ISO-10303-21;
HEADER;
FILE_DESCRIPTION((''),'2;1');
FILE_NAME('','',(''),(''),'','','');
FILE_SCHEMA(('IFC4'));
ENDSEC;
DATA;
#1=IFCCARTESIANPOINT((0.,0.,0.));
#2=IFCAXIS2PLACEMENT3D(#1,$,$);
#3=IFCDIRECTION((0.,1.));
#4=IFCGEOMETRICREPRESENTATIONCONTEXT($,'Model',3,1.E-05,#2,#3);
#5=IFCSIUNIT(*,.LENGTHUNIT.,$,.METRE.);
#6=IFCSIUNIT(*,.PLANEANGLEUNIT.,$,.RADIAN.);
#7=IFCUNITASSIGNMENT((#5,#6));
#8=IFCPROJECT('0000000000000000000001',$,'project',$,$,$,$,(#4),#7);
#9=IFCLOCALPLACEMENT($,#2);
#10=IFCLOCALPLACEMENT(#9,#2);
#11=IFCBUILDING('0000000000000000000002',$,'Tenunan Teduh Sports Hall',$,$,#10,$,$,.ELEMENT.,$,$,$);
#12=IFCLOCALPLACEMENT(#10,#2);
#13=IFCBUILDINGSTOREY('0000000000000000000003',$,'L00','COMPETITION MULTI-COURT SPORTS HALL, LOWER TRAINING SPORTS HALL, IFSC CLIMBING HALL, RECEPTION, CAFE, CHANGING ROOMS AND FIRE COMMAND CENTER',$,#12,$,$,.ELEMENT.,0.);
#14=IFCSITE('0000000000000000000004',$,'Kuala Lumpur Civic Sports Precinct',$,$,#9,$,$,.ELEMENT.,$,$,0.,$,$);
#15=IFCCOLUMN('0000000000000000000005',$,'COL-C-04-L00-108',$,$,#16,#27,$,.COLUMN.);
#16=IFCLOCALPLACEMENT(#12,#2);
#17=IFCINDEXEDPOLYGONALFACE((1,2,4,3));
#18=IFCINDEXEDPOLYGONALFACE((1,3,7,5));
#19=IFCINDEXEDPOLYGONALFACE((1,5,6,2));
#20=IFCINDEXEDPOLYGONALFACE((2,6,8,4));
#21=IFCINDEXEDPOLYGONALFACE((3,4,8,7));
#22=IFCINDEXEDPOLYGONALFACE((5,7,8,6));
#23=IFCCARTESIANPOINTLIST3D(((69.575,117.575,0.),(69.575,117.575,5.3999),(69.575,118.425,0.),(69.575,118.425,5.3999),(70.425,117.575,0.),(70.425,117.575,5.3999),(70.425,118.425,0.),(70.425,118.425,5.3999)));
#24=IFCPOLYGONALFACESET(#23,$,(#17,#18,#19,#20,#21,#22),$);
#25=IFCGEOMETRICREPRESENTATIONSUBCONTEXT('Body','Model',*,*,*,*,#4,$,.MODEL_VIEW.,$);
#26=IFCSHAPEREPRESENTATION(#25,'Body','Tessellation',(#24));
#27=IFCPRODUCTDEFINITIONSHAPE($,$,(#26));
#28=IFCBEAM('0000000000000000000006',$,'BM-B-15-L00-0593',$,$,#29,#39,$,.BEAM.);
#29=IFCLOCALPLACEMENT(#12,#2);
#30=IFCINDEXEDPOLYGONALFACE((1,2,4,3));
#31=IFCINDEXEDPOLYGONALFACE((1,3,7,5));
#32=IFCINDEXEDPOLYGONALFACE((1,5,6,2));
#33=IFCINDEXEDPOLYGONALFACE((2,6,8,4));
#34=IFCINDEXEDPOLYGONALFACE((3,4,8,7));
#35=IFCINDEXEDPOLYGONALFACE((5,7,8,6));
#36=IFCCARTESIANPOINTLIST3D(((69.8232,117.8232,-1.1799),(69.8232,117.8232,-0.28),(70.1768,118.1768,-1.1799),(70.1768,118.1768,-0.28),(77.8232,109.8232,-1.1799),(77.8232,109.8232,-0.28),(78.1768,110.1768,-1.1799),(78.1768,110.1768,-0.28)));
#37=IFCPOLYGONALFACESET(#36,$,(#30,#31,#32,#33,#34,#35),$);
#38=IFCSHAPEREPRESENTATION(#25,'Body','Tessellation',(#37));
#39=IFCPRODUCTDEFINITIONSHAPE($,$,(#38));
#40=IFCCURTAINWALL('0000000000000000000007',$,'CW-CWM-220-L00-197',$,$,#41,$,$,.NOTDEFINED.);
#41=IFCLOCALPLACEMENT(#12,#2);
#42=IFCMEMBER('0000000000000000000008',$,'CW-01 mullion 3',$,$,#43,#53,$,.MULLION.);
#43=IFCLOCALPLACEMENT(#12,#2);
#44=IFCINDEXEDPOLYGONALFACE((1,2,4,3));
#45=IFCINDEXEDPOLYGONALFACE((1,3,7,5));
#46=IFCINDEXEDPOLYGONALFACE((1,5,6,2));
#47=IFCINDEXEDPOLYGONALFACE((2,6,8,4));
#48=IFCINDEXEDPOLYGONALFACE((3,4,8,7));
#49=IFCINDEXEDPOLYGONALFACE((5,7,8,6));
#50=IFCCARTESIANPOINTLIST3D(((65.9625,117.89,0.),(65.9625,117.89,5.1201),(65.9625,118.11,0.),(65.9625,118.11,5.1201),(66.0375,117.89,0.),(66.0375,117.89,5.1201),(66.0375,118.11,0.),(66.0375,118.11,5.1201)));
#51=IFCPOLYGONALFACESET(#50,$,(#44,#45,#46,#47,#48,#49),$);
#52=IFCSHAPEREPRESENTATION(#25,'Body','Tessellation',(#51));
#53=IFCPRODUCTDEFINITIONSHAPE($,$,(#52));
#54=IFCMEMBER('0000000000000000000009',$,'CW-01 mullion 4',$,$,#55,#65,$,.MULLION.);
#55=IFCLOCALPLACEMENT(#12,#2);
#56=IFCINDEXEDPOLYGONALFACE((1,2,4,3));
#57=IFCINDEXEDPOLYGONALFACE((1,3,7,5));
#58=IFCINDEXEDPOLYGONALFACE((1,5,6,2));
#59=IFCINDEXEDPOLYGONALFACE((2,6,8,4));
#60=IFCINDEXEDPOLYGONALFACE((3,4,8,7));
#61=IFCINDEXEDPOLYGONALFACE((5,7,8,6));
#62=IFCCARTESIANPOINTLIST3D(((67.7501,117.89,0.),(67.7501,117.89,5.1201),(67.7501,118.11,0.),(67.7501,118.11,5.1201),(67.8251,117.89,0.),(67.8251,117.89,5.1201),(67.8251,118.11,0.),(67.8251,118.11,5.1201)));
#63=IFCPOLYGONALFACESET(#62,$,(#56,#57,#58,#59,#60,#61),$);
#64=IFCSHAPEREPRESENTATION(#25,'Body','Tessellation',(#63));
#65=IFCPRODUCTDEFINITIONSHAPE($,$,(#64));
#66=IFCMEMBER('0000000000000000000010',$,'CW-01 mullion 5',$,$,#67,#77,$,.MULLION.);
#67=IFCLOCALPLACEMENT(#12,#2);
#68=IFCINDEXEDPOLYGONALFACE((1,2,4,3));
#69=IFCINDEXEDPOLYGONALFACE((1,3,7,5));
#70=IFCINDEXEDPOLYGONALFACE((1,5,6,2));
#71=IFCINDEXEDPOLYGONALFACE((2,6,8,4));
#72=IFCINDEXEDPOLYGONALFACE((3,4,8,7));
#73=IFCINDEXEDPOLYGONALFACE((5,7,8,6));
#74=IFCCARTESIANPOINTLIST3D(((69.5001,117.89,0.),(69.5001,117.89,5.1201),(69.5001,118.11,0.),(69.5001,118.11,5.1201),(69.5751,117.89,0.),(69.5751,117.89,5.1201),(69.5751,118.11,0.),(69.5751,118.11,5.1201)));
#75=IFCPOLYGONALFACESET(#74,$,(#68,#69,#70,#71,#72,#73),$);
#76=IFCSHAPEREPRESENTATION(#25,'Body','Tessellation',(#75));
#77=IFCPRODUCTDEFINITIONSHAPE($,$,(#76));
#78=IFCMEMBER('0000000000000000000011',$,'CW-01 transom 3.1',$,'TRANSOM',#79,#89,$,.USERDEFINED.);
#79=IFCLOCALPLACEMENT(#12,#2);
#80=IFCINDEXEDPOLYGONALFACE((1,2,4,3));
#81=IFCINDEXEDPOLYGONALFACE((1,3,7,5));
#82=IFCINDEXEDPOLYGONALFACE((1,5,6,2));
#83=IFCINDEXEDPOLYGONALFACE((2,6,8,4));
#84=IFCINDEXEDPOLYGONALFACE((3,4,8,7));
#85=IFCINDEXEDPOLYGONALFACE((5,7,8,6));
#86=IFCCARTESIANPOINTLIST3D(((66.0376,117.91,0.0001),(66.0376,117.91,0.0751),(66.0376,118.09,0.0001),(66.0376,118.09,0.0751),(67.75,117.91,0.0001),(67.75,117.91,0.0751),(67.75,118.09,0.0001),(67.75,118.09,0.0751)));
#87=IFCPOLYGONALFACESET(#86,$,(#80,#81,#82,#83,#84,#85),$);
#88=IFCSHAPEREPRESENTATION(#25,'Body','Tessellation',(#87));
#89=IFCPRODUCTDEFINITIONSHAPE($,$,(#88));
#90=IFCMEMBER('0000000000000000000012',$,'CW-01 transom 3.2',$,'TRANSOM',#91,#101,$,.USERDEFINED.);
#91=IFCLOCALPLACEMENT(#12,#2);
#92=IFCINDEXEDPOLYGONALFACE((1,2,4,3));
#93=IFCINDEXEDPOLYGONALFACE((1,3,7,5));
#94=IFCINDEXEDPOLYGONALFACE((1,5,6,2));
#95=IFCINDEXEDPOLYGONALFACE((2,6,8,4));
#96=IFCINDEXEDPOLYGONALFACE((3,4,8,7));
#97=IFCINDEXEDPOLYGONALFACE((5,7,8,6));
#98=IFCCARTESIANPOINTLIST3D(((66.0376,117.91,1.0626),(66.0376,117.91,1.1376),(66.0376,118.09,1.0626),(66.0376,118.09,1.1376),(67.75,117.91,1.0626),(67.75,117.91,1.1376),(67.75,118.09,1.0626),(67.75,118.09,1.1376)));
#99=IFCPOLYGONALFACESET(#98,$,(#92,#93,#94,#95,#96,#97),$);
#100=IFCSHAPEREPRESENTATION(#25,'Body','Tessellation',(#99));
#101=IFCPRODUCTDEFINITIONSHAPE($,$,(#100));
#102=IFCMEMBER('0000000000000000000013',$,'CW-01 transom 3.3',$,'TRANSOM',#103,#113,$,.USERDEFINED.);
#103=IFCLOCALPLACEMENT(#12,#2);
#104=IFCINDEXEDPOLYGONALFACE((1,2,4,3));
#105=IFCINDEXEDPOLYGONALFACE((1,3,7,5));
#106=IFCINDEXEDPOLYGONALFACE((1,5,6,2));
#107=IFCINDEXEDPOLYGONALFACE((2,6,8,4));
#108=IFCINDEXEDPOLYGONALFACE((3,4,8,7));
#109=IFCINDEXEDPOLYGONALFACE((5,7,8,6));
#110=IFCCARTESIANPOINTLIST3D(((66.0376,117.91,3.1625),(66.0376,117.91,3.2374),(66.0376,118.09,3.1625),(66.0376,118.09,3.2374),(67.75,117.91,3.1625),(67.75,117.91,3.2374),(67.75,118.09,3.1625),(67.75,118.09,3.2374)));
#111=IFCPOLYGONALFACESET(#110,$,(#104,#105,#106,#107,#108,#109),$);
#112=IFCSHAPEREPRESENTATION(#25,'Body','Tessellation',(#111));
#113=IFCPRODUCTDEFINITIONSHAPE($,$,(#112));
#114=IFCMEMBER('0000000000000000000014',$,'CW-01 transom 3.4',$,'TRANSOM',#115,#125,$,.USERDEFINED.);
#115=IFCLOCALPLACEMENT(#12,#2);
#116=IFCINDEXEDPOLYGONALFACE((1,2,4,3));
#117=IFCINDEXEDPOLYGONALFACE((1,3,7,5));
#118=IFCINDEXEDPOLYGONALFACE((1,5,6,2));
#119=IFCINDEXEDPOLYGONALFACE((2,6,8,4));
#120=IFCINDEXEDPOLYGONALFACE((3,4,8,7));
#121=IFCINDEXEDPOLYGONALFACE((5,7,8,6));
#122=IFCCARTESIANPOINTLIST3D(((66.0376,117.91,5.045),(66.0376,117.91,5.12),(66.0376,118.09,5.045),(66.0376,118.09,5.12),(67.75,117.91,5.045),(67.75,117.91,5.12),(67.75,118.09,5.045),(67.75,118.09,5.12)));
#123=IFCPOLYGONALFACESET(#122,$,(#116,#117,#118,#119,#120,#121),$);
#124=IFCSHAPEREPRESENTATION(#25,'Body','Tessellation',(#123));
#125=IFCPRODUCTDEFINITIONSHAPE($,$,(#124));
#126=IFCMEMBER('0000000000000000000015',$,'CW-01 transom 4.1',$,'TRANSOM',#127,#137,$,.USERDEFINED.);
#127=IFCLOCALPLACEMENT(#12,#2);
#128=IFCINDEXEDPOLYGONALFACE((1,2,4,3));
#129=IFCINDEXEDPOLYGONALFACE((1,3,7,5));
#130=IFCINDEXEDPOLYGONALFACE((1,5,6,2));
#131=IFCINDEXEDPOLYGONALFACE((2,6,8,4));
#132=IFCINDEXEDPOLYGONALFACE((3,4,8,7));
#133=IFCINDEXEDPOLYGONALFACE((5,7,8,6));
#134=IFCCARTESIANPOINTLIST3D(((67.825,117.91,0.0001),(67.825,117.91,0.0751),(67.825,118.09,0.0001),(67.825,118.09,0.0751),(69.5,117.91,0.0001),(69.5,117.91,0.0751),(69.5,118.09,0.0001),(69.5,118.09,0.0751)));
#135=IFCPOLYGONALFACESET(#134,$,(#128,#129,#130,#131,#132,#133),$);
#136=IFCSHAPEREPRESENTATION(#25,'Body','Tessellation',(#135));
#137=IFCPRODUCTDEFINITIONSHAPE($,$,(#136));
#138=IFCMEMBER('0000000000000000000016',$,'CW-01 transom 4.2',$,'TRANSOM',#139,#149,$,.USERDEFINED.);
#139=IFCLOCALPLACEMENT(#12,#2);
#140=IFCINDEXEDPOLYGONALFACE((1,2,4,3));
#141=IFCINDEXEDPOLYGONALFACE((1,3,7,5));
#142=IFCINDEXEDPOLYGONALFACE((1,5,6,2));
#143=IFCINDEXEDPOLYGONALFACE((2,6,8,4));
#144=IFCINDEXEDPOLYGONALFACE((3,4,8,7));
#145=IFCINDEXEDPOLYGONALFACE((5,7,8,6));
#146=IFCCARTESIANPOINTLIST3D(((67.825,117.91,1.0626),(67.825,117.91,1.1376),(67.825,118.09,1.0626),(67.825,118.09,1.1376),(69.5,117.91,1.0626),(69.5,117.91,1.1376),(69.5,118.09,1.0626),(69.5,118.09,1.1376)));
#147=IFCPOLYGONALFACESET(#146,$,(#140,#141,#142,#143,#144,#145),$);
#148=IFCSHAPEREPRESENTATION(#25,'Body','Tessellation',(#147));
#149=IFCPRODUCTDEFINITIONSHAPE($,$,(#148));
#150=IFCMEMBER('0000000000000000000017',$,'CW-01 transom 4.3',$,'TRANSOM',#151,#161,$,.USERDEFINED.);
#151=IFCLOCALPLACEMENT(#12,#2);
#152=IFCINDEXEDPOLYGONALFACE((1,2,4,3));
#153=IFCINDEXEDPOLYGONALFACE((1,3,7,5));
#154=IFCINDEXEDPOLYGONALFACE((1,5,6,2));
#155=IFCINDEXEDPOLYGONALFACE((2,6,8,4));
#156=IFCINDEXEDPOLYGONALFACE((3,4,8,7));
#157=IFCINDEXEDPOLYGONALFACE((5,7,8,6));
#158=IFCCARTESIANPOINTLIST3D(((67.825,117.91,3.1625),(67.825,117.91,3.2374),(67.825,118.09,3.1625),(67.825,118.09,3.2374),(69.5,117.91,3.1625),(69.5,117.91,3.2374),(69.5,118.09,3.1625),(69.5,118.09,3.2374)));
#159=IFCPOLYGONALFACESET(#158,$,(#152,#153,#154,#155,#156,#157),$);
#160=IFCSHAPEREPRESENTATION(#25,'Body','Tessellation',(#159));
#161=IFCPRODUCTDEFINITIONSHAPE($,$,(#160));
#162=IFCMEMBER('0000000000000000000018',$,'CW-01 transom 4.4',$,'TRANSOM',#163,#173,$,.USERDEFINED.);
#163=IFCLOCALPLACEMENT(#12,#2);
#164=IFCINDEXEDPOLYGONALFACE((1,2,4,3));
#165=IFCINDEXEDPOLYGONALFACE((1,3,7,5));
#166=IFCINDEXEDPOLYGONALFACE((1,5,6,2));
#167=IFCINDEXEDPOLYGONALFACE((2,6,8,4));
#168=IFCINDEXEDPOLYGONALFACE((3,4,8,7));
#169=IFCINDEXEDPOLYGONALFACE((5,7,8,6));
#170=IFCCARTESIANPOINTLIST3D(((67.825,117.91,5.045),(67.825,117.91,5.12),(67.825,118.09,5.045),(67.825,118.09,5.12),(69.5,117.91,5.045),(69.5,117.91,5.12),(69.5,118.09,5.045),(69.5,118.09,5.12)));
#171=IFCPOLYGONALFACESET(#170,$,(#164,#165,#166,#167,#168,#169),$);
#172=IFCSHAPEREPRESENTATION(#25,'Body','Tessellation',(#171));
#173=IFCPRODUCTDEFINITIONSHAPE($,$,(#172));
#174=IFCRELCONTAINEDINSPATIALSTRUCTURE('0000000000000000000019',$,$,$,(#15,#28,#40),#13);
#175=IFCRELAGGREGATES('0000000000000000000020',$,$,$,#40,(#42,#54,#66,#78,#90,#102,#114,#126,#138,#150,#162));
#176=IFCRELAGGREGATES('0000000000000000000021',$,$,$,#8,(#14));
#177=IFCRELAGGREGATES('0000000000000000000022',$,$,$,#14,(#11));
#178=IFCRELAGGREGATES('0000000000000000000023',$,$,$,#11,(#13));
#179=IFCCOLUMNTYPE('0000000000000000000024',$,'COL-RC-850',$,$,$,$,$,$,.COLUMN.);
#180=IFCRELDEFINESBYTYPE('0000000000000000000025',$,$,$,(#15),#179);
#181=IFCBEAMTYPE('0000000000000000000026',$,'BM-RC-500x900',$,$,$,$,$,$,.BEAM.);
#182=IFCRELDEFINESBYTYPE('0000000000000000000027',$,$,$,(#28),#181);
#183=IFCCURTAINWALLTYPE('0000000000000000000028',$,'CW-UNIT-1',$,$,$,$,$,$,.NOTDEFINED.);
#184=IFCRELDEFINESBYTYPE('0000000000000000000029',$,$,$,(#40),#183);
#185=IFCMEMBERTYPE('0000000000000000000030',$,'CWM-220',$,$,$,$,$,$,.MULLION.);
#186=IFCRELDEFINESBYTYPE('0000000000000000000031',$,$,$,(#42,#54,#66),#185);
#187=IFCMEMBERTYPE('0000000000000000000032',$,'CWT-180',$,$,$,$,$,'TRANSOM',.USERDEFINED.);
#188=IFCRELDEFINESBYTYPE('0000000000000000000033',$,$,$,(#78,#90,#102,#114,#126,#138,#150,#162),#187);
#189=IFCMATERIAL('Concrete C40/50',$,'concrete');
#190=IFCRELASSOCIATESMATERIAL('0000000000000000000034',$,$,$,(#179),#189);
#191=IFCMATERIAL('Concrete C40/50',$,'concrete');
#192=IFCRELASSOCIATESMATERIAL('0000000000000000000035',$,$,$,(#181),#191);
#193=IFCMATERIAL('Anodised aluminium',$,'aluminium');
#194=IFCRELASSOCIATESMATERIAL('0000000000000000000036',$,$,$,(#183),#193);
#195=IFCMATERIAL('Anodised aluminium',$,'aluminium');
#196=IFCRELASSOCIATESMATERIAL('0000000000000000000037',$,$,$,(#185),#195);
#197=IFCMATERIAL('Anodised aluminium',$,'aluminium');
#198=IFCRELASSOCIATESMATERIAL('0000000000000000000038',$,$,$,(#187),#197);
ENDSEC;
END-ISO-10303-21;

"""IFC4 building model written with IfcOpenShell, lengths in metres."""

from ifc_helpers import new_model, si_unit, direction, frame, origin, origin_2d, place, context, subcontext, project, spatial, rectangle, extrude, material, material_profile, profile_set, type_object, element, aggregate, save


model = new_model("IFC4")

# Units and contexts
model_context = context("Model", 3, precision=1e-05, world=origin(), true_north=direction((0.0, 1.0)))
body_context = subcontext(model_context, "Body", "Model", "MODEL_VIEW")
ifc_project = project(units=[si_unit("LENGTHUNIT", "METRE"), si_unit("PLANEANGLEUNIT", "RADIAN")], contexts=[model_context])

# Site, building, storey
site_placement = place(None, origin())
site = spatial("IfcSite", under=ifc_project, at=site_placement, Name="Kuala Lumpur Civic Sports Precinct", CompositionType="ELEMENT", RefElevation=0.0)
building_placement = place(site_placement, origin())
building = spatial("IfcBuilding", under=site, at=building_placement, Name="Tenunan Teduh Sports Hall", CompositionType="ELEMENT")
storey_placement = place(building_placement, origin())
storey = spatial("IfcBuildingStorey", under=building, at=storey_placement, Name="L00", Description="COMPETITION MULTI-COURT SPORTS HALL, LOWER TRAINING SPORTS HALL, IFSC CLIMBING HALL, RECEPTION, CAFE, CHANGING ROOMS AND FIRE COMMAND CENTER", CompositionType="ELEMENT", Elevation=0.0)

# Column
ifc_material_1 = material(Name="Concrete C40/50", Category="concrete")
ifc_material_profile_1 = material_profile(ifc_material_1, rectangle(XDim=0.8501, YDim=0.8501, at=origin_2d()), Name="RC 850x850")
ifc_profile_set_1 = profile_set([ifc_material_profile_1], Name="Concrete C40/50")
column_type = type_object("IfcColumnType", Name="COL-RC-850", PredefinedType="COLUMN", material=ifc_profile_set_1)
column_placement = place(storey_placement, frame((70.0, 118.0, 0.0), z_axis=(0.0, 0.0, 1.0), x_axis=(1.0, 0.0, 0.0)))
element("IfcColumn", 1, at=column_placement, inside=storey, type_object=column_type, Name="COL-C-04-L00-108", PredefinedType="COLUMN", context=body_context, shape_type="SweptSolid", body=[
    extrude(rectangle(XDim=0.8501, YDim=0.8501, at=origin_2d()), origin(), (0.0, 0.0, 1.0), 5.3999),
])

# Beam
ifc_material_2 = material(Name="Concrete C40/50", Category="concrete")
ifc_material_profile_2 = material_profile(ifc_material_2, rectangle(XDim=0.5, YDim=0.8999, at=origin_2d()), Name="RCB 500x900")
ifc_profile_set_2 = profile_set([ifc_material_profile_2], Name="Concrete C40/50")
beam_type = type_object("IfcBeamType", Name="BM-RC-500x900", PredefinedType="BEAM", material=ifc_profile_set_2)
beam_placement = place(storey_placement, frame((70.0, 118.0, -0.73), z_axis=(0.707107, -0.707107, 0.0), x_axis=(0.707107, 0.707107, 0.0)))
element("IfcBeam", 2, at=beam_placement, inside=storey, type_object=beam_type, Name="BM-B-15-L00-0593", PredefinedType="BEAM", context=body_context, shape_type="SweptSolid", body=[
    extrude(rectangle(XDim=0.5, YDim=0.8999, at=origin_2d()), origin(), (0.0, 0.0, 1.0), 11.3137),
])

# Curtain wall, members
ifc_material_3 = material(Name="Anodised aluminium", Category="aluminium")
curtain_wall_type = type_object("IfcCurtainWallType", Name="CW-UNIT-1", PredefinedType="NOTDEFINED", material=ifc_material_3)
curtain_wall_placement = place(storey_placement, origin())
curtain_wall = element("IfcCurtainWall", 3, at=curtain_wall_placement, inside=storey, type_object=curtain_wall_type, Name="CW-CWM-220-L00-197", PredefinedType="NOTDEFINED")
ifc_material_4 = material(Name="Anodised aluminium", Category="aluminium")
ifc_material_profile_3 = material_profile(ifc_material_4, rectangle(XDim=0.075, YDim=0.22, at=origin_2d()), Name="CWM 75x220")
ifc_profile_set_3 = profile_set([ifc_material_profile_3], Name="Anodised aluminium")
member_type_1 = type_object("IfcMemberType", Name="CWM-220", PredefinedType="MULLION", material=ifc_profile_set_3)
member_1_placement = place(storey_placement, frame((66.0, 118.0, 0.0), z_axis=(0.0, 0.0, 1.0), x_axis=(1.0, 0.0, 0.0)))
member_1 = element("IfcMember", 4, at=member_1_placement, type_object=member_type_1, Name="CW-01 mullion 3", PredefinedType="MULLION", context=body_context, shape_type="SweptSolid", body=[
    extrude(rectangle(XDim=0.075, YDim=0.22, at=origin_2d()), origin(), (0.0, 0.0, 1.0), 5.1201),
])
member_2_placement = place(storey_placement, frame((67.7876, 118.0, 0.0), z_axis=(0.0, 0.0, 1.0), x_axis=(1.0, 0.0, 0.0)))
member_2 = element("IfcMember", 5, at=member_2_placement, type_object=member_type_1, Name="CW-01 mullion 4", PredefinedType="MULLION", context=body_context, shape_type="SweptSolid", body=[
    extrude(rectangle(XDim=0.075, YDim=0.22, at=origin_2d()), origin(), (0.0, 0.0, 1.0), 5.1201),
])
member_3_placement = place(storey_placement, frame((69.5376, 118.0, 0.0), z_axis=(0.0, 0.0, 1.0), x_axis=(1.0, 0.0, 0.0)))
member_3 = element("IfcMember", 6, at=member_3_placement, type_object=member_type_1, Name="CW-01 mullion 5", PredefinedType="MULLION", context=body_context, shape_type="SweptSolid", body=[
    extrude(rectangle(XDim=0.075, YDim=0.22, at=origin_2d()), origin(), (0.0, 0.0, 1.0), 5.1201),
])
ifc_material_5 = material(Name="Anodised aluminium", Category="aluminium")
ifc_material_profile_4 = material_profile(ifc_material_5, rectangle(XDim=0.075, YDim=0.1799, at=origin_2d()), Name="CWT 75x180")
ifc_profile_set_4 = profile_set([ifc_material_profile_4], Name="Anodised aluminium")
member_type_2 = type_object("IfcMemberType", Name="CWT-180", ElementType="TRANSOM", PredefinedType="USERDEFINED", material=ifc_profile_set_4)
member_4_placement = place(storey_placement, frame((66.0376, 118.0, 0.0376), z_axis=(1.0, 0.0, 0.0), x_axis=(0.0, 0.0, 1.0)))
member_4 = element("IfcMember", 7, at=member_4_placement, type_object=member_type_2, Name="CW-01 transom 3.1", ObjectType="TRANSOM", PredefinedType="USERDEFINED", context=body_context, shape_type="SweptSolid", body=[
    extrude(rectangle(XDim=0.075, YDim=0.1799, at=origin_2d()), origin(), (0.0, 0.0, 1.0), 1.7124),
])
member_5_placement = place(storey_placement, frame((66.0376, 118.0, 1.1001), z_axis=(1.0, 0.0, 0.0), x_axis=(0.0, 0.0, 1.0)))
member_5 = element("IfcMember", 8, at=member_5_placement, type_object=member_type_2, Name="CW-01 transom 3.2", ObjectType="TRANSOM", PredefinedType="USERDEFINED", context=body_context, shape_type="SweptSolid", body=[
    extrude(rectangle(XDim=0.075, YDim=0.1799, at=origin_2d()), origin(), (0.0, 0.0, 1.0), 1.7124),
])
member_6_placement = place(storey_placement, frame((66.0376, 118.0, 3.2), z_axis=(1.0, 0.0, 0.0), x_axis=(0.0, 0.0, 1.0)))
member_6 = element("IfcMember", 9, at=member_6_placement, type_object=member_type_2, Name="CW-01 transom 3.3", ObjectType="TRANSOM", PredefinedType="USERDEFINED", context=body_context, shape_type="SweptSolid", body=[
    extrude(rectangle(XDim=0.075, YDim=0.1799, at=origin_2d()), origin(), (0.0, 0.0, 1.0), 1.7124),
])
member_7_placement = place(storey_placement, frame((66.0376, 118.0, 5.0825), z_axis=(1.0, 0.0, 0.0), x_axis=(0.0, 0.0, 1.0)))
member_7 = element("IfcMember", 10, at=member_7_placement, type_object=member_type_2, Name="CW-01 transom 3.4", ObjectType="TRANSOM", PredefinedType="USERDEFINED", context=body_context, shape_type="SweptSolid", body=[
    extrude(rectangle(XDim=0.075, YDim=0.1799, at=origin_2d()), origin(), (0.0, 0.0, 1.0), 1.7124),
])
member_8_placement = place(storey_placement, frame((67.825, 118.0, 0.0376), z_axis=(1.0, 0.0, 0.0), x_axis=(0.0, 0.0, 1.0)))
member_8 = element("IfcMember", 11, at=member_8_placement, type_object=member_type_2, Name="CW-01 transom 4.1", ObjectType="TRANSOM", PredefinedType="USERDEFINED", context=body_context, shape_type="SweptSolid", body=[
    extrude(rectangle(XDim=0.075, YDim=0.1799, at=origin_2d()), origin(), (0.0, 0.0, 1.0), 1.675),
])
member_9_placement = place(storey_placement, frame((67.825, 118.0, 1.1001), z_axis=(1.0, 0.0, 0.0), x_axis=(0.0, 0.0, 1.0)))
member_9 = element("IfcMember", 12, at=member_9_placement, type_object=member_type_2, Name="CW-01 transom 4.2", ObjectType="TRANSOM", PredefinedType="USERDEFINED", context=body_context, shape_type="SweptSolid", body=[
    extrude(rectangle(XDim=0.075, YDim=0.1799, at=origin_2d()), origin(), (0.0, 0.0, 1.0), 1.675),
])
member_10_placement = place(storey_placement, frame((67.825, 118.0, 3.2), z_axis=(1.0, 0.0, 0.0), x_axis=(0.0, 0.0, 1.0)))
member_10 = element("IfcMember", 13, at=member_10_placement, type_object=member_type_2, Name="CW-01 transom 4.3", ObjectType="TRANSOM", PredefinedType="USERDEFINED", context=body_context, shape_type="SweptSolid", body=[
    extrude(rectangle(XDim=0.075, YDim=0.1799, at=origin_2d()), origin(), (0.0, 0.0, 1.0), 1.675),
])
member_11_placement = place(storey_placement, frame((67.825, 118.0, 5.0825), z_axis=(1.0, 0.0, 0.0), x_axis=(0.0, 0.0, 1.0)))
member_11 = element("IfcMember", 14, at=member_11_placement, type_object=member_type_2, Name="CW-01 transom 4.4", ObjectType="TRANSOM", PredefinedType="USERDEFINED", context=body_context, shape_type="SweptSolid", body=[
    extrude(rectangle(XDim=0.075, YDim=0.1799, at=origin_2d()), origin(), (0.0, 0.0, 1.0), 1.675),
])

aggregate(curtain_wall, [member_1, member_2, member_3, member_4, member_5, member_6, member_7, member_8, member_9, member_10, member_11])

save(model, "model.ifc")
